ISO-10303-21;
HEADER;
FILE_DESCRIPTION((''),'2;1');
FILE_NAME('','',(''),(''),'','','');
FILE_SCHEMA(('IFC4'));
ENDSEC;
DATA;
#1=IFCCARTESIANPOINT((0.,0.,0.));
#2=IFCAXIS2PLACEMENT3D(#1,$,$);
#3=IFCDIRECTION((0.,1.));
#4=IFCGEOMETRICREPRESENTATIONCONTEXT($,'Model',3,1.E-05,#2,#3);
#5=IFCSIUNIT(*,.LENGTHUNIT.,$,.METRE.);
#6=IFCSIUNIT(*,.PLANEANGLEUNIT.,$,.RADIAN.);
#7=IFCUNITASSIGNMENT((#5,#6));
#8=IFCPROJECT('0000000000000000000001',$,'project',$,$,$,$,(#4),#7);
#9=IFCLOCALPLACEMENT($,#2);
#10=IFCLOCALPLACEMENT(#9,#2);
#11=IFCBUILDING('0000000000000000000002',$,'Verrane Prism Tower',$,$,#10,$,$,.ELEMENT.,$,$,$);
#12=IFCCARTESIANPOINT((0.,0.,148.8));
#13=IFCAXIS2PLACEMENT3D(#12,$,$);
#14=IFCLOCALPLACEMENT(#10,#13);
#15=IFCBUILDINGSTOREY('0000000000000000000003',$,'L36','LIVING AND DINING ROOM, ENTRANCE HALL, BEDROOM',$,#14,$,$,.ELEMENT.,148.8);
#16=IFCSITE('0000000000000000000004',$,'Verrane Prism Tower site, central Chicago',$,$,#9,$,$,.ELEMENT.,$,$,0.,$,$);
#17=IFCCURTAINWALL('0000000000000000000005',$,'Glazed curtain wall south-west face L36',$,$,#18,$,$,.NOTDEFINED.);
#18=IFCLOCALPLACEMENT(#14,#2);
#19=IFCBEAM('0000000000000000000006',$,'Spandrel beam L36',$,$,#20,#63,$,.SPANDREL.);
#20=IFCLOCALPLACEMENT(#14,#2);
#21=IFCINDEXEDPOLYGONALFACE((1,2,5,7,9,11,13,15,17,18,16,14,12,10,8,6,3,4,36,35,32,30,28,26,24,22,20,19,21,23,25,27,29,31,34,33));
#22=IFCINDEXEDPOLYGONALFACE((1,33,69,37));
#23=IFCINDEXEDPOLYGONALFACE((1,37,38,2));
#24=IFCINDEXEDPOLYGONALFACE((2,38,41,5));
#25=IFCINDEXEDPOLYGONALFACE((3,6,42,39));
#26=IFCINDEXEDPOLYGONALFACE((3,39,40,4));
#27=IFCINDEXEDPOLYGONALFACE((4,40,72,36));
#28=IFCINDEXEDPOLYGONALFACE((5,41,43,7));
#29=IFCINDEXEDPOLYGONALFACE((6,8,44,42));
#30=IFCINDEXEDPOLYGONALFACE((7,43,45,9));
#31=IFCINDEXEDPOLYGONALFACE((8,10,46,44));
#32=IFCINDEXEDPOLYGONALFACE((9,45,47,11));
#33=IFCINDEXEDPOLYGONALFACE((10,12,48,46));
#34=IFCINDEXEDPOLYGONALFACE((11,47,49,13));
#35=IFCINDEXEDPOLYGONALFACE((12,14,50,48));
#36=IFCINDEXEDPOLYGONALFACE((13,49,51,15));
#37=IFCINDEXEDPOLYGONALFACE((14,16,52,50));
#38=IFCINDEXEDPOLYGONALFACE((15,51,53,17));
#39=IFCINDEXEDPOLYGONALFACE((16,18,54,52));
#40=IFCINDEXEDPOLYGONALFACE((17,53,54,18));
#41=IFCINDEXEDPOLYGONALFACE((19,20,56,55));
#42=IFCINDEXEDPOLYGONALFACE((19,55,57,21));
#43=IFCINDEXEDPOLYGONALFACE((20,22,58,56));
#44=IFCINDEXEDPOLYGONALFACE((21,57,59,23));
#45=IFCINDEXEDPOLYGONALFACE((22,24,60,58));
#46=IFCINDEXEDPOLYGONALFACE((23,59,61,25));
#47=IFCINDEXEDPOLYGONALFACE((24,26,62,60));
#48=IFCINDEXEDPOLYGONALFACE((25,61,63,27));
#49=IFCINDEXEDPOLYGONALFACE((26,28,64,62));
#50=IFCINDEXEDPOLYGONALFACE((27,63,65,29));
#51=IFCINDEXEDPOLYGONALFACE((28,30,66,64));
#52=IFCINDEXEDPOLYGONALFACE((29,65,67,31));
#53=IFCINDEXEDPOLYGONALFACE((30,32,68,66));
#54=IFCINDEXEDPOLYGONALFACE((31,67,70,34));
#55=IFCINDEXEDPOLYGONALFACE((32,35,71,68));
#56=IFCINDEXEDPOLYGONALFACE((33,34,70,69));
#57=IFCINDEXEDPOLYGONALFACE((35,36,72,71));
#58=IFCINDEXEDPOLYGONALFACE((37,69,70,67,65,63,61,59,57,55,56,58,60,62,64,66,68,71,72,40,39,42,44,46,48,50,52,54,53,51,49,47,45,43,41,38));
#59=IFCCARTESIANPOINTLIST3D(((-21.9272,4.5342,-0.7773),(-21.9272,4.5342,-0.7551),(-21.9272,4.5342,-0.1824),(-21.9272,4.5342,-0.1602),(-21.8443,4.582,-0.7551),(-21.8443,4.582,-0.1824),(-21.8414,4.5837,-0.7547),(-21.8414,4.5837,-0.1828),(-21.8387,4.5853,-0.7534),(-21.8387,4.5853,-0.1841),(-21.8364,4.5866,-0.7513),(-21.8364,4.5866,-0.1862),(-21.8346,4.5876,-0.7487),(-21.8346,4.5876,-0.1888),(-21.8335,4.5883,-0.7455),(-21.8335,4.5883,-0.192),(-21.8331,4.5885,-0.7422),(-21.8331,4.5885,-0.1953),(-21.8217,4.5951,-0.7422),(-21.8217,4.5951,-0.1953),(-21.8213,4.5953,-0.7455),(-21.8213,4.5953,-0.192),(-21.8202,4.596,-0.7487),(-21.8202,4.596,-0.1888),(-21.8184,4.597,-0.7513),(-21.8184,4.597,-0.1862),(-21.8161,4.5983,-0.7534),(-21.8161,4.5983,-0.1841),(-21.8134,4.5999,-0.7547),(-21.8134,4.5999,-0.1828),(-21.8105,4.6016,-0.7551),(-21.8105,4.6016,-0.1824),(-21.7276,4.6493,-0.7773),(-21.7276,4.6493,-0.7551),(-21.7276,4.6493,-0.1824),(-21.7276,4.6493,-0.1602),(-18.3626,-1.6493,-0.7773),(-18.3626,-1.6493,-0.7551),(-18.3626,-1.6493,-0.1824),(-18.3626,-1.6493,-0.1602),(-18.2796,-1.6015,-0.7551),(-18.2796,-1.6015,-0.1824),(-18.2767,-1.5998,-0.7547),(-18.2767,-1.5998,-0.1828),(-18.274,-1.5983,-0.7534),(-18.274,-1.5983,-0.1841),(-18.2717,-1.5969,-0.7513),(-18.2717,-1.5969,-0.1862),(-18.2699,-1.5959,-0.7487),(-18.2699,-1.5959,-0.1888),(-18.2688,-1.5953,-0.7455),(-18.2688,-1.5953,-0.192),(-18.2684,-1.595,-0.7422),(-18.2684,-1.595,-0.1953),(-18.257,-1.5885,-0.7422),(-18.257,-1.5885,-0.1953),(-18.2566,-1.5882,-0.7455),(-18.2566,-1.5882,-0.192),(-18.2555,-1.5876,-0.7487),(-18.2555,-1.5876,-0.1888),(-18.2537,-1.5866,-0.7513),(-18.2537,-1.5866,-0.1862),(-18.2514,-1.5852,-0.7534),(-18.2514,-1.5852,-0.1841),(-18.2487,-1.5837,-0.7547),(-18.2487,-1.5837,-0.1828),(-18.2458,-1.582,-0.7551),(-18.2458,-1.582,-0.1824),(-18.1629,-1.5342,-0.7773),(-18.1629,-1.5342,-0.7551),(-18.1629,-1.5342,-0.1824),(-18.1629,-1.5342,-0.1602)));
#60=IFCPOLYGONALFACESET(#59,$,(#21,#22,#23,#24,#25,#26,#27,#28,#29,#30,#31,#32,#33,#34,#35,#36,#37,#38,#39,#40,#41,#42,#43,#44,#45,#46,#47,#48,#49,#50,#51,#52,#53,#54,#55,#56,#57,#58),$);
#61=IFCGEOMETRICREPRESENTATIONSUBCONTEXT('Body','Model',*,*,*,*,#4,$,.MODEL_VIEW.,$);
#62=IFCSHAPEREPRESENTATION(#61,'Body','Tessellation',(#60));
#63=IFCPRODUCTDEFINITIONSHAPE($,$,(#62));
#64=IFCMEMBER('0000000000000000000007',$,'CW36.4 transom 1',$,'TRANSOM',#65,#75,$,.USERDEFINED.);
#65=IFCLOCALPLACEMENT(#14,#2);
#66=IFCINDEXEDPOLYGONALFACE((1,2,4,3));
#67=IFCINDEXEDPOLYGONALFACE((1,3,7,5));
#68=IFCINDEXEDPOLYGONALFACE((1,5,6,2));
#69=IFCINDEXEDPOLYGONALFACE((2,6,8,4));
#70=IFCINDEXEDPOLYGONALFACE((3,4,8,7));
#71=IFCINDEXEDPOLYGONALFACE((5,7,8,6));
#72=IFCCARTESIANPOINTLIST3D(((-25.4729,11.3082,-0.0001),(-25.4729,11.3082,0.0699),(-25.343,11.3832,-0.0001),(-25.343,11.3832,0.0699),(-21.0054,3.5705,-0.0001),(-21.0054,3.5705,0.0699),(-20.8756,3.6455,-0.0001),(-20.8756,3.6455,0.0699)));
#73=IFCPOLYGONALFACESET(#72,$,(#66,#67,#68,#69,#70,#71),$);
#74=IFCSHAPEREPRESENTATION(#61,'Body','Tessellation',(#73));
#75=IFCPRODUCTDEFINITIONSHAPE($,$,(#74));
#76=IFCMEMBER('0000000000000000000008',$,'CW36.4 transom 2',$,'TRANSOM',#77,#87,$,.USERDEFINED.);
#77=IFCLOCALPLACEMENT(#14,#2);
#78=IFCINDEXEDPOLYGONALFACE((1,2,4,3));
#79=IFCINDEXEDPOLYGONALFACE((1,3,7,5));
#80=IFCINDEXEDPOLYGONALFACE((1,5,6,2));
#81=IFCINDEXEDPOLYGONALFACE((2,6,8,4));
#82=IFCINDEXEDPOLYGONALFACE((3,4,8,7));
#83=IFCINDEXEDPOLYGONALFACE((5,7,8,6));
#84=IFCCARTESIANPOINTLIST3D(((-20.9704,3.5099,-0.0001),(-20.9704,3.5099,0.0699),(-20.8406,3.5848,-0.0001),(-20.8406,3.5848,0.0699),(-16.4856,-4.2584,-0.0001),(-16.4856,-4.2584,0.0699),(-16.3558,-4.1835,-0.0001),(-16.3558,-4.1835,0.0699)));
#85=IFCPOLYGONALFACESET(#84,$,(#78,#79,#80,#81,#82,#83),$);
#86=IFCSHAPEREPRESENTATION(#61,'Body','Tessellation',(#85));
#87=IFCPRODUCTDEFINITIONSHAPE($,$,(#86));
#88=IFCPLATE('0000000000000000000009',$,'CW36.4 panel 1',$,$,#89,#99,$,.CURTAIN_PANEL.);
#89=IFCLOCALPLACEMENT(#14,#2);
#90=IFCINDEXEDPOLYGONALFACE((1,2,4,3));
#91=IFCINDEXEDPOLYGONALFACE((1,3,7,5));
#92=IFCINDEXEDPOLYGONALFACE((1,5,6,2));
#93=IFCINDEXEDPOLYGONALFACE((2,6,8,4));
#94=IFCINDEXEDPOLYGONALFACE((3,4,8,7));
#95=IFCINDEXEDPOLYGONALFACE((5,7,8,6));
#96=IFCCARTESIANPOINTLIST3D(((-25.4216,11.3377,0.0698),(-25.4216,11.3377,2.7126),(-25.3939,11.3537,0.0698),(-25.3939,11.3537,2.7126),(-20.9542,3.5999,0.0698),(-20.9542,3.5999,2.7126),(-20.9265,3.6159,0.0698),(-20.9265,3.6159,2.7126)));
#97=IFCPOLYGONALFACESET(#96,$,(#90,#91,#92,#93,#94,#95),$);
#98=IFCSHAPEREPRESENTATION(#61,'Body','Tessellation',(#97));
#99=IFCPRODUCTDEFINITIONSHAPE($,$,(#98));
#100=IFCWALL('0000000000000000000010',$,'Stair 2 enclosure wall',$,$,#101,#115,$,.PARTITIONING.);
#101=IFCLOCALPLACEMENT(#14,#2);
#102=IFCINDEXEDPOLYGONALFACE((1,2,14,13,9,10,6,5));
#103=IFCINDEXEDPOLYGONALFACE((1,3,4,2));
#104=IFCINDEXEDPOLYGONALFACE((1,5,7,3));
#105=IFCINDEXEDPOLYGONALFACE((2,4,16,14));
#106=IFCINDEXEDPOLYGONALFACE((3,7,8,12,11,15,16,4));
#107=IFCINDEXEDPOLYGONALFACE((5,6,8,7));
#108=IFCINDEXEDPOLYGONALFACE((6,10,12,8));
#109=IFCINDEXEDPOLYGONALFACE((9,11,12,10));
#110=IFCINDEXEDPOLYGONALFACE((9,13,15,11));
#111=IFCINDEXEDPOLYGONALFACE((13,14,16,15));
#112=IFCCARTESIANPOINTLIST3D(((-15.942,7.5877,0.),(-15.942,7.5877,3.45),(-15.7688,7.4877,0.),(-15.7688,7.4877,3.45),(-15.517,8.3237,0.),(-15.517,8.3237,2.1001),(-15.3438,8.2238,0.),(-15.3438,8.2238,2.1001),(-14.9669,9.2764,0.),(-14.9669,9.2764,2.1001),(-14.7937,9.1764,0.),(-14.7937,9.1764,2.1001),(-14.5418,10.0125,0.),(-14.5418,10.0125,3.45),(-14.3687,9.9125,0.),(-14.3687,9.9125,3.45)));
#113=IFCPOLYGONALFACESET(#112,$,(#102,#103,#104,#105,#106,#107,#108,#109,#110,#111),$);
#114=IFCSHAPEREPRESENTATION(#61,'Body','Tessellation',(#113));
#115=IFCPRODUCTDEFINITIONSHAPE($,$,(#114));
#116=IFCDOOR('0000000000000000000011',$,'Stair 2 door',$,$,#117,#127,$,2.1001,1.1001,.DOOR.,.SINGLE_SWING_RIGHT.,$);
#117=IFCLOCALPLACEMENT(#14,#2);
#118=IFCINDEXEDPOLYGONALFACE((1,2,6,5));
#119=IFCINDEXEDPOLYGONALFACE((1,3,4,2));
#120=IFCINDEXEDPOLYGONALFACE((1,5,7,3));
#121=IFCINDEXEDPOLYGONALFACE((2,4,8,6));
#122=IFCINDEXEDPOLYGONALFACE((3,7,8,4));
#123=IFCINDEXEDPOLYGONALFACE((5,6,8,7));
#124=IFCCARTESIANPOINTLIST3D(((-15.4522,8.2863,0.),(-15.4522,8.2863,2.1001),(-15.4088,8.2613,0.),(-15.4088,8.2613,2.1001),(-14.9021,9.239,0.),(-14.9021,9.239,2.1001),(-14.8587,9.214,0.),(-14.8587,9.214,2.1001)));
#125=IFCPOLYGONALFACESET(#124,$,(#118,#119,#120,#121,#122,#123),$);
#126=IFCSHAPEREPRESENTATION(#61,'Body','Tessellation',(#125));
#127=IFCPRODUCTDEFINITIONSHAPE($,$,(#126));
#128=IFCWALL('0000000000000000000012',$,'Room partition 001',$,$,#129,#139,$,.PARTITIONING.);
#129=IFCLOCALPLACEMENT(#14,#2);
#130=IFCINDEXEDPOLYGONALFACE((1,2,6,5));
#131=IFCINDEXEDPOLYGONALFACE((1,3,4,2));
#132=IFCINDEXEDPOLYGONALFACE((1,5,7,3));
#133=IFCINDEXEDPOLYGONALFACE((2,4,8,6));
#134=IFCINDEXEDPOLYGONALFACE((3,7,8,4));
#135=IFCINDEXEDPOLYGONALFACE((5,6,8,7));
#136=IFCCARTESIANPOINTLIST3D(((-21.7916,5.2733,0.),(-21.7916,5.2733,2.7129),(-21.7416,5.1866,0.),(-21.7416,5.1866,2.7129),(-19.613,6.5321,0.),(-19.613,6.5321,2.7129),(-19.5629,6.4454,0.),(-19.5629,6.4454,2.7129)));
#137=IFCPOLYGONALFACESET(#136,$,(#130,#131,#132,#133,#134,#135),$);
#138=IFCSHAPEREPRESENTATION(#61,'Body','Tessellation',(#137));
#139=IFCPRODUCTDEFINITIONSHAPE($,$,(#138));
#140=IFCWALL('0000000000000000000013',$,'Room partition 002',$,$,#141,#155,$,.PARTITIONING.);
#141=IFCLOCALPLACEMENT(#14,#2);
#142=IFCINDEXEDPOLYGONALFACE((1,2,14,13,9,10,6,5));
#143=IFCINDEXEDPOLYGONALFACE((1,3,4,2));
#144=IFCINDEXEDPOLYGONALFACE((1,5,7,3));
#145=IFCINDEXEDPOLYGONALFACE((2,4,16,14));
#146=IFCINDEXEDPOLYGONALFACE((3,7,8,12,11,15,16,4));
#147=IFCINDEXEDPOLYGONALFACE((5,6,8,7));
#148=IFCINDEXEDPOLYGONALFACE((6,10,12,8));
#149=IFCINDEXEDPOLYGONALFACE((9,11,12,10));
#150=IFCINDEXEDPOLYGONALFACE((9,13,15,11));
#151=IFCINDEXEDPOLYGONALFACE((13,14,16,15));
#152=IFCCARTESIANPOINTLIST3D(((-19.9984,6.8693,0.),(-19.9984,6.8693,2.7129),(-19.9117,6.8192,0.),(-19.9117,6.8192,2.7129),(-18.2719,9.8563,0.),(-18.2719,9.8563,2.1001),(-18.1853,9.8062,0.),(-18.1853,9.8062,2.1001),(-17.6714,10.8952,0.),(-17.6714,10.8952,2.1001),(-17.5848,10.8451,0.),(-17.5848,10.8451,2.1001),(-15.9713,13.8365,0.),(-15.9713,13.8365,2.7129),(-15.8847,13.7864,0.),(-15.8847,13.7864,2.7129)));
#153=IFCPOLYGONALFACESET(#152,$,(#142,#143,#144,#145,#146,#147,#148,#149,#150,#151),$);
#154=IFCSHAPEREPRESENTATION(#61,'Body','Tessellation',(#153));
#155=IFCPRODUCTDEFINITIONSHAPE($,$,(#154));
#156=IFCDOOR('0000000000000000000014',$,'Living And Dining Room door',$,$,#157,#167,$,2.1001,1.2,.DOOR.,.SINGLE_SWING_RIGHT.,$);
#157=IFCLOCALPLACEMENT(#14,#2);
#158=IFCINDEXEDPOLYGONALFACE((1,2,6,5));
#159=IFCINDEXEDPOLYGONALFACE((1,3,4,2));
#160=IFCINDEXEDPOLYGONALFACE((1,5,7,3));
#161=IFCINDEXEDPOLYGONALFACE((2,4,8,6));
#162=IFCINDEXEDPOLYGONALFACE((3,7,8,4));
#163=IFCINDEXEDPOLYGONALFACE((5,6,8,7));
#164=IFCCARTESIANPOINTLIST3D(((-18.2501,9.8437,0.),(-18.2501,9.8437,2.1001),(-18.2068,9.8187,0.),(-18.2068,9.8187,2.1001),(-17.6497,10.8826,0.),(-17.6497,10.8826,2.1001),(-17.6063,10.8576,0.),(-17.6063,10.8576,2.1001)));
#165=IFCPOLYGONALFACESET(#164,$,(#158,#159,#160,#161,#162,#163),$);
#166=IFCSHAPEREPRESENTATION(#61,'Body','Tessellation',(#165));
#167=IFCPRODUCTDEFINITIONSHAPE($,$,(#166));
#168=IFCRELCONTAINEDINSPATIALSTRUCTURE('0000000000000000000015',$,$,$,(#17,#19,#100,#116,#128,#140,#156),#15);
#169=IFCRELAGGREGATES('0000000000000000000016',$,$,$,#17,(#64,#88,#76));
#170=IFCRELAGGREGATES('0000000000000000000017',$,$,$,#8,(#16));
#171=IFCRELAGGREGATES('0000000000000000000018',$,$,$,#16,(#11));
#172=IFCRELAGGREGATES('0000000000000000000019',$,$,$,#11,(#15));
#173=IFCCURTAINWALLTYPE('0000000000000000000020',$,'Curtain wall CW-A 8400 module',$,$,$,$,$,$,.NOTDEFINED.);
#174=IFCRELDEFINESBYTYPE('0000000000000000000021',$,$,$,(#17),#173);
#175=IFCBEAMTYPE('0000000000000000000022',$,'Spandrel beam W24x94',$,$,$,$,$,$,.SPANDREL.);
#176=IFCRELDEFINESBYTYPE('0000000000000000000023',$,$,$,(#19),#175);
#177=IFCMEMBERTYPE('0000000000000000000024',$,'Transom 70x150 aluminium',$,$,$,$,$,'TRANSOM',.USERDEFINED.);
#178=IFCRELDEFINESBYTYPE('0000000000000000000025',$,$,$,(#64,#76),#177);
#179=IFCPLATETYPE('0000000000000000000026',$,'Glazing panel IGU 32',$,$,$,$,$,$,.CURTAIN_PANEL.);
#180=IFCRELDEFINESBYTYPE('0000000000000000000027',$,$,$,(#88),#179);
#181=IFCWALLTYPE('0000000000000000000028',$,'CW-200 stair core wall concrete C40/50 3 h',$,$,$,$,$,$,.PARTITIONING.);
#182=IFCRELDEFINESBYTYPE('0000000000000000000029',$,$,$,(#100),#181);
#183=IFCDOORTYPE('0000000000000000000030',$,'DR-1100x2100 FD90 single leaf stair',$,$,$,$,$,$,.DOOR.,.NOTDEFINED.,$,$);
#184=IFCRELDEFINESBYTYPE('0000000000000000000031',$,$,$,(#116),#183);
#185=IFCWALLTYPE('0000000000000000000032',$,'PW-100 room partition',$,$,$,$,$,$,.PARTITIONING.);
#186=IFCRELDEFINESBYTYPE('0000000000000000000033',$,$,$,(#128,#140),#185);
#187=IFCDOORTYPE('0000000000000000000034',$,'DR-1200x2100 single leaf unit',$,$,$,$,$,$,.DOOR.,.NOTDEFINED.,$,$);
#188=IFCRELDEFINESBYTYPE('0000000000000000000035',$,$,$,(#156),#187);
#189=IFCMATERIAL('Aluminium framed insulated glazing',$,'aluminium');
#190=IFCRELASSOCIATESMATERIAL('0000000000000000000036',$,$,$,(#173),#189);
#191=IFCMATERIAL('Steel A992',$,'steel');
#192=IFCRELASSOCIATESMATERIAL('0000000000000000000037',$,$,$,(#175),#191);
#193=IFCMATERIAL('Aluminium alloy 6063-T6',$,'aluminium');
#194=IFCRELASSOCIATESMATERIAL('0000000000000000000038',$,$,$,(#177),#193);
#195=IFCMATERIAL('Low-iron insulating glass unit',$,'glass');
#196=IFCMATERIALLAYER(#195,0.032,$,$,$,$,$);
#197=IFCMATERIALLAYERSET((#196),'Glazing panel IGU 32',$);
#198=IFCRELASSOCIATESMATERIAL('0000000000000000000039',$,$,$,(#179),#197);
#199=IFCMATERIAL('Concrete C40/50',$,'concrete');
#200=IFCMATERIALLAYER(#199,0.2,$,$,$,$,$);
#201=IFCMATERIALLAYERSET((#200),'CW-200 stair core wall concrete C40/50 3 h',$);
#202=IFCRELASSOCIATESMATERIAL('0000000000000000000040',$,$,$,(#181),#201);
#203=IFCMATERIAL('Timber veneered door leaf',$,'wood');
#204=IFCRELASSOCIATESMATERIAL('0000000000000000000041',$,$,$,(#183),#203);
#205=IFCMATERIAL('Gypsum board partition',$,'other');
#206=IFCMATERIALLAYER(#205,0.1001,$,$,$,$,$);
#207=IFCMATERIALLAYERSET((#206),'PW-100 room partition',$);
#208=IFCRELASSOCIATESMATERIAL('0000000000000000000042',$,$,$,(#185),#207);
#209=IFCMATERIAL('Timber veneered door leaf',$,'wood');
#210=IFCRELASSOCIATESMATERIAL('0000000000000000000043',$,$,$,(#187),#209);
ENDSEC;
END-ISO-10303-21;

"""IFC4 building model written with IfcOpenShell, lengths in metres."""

from ifc_helpers import new_model, si_unit, direction, frame, frame_2d, origin, origin_2d, place, context, subcontext, project, spatial, rectangle, i_section, extrude, material, layer, layer_set, material_profile, profile_set, type_object, element, fill, aggregate, save


model = new_model("IFC4")

# Units and contexts
model_context = context("Model", 3, precision=1e-05, world=origin(), true_north=direction((0.0, 1.0)))
body_context = subcontext(model_context, "Body", "Model", "MODEL_VIEW")
ifc_project = project(units=[si_unit("LENGTHUNIT", "METRE"), si_unit("PLANEANGLEUNIT", "RADIAN")], contexts=[model_context])

# Site, building, storey
site_placement = place(None, origin())
site = spatial("IfcSite", under=ifc_project, at=site_placement, Name="Verrane Prism Tower site, central Chicago", CompositionType="ELEMENT", RefElevation=0.0)
building_placement = place(site_placement, origin())
building = spatial("IfcBuilding", under=site, at=building_placement, Name="Verrane Prism Tower", CompositionType="ELEMENT")
storey_placement = place(building_placement, frame((0.0, 0.0, 148.8)))
storey = spatial("IfcBuildingStorey", under=building, at=storey_placement, Name="L36", Description="LIVING AND DINING ROOM, ENTRANCE HALL, BEDROOM", CompositionType="ELEMENT", Elevation=148.8)

# Curtain wall
ifc_material_1 = material(Name="Aluminium framed insulated glazing", Category="aluminium")
curtain_wall_type = type_object("IfcCurtainWallType", Name="Curtain wall CW-A 8400 module", PredefinedType="NOTDEFINED", material=ifc_material_1)
curtain_wall_placement = place(storey_placement, origin())
curtain_wall = element("IfcCurtainWall", 1, at=curtain_wall_placement, inside=storey, type_object=curtain_wall_type, Name="Glazed curtain wall south-west face L36", PredefinedType="NOTDEFINED")

# Beam
ifc_material_2 = material(Name="Steel A992", Category="steel")
ifc_material_profile_1 = material_profile(ifc_material_2, i_section(OverallWidth=0.2305, OverallDepth=0.6172, WebThickness=0.0132, FlangeThickness=0.0222, FilletRadius=0.0129, at=origin_2d()), Name="W24x94")
ifc_profile_set_1 = profile_set([ifc_material_profile_1], Name="Steel A992")
beam_type_1 = type_object("IfcBeamType", Name="Spandrel beam W24x94", PredefinedType="SPANDREL", material=ifc_profile_set_1)
beam_1_placement = place(storey_placement, frame((-21.8274, 4.5918, -0.4688), z_axis=(0.499432, -0.866353, 0.0), x_axis=(0.866353, 0.499432, 0.0)))
element("IfcBeam", 2, at=beam_1_placement, inside=storey, type_object=beam_type_1, Name="Spandrel beam L36", PredefinedType="SPANDREL", context=body_context, shape_type="SweptSolid", body=[
    extrude(i_section(OverallWidth=0.2305, OverallDepth=0.6172, WebThickness=0.0132, FlangeThickness=0.0222, FilletRadius=0.0129, at=origin_2d()), origin(), (0.0, 0.0, 1.0), 7.1375),
])

# Members
ifc_material_3 = material(Name="Aluminium alloy 6063-T6", Category="aluminium")
ifc_material_profile_2 = material_profile(ifc_material_3, rectangle(XDim=0.1499, YDim=0.0701, at=origin_2d()), Name="Transom 70x150 aluminium")
ifc_profile_set_2 = profile_set([ifc_material_profile_2], Name="Aluminium alloy 6063-T6")
member_type_1 = type_object("IfcMemberType", Name="Transom 70x150 aluminium", ElementType="TRANSOM", PredefinedType="USERDEFINED", material=ifc_profile_set_2)
member_1_placement = place(storey_placement, frame((-25.408, 11.3457, 0.0349), z_axis=(0.500009, -0.86602, 0.0), x_axis=(0.86602, 0.500009, 0.0)))
member_1 = element("IfcMember", 3, at=member_1_placement, type_object=member_type_1, Name="CW36.4 transom 1", ObjectType="TRANSOM", PredefinedType="USERDEFINED", context=body_context, shape_type="SweptSolid", body=[
    extrude(rectangle(XDim=0.1499, YDim=0.0701, at=origin_2d()), origin(), (0.0, 0.0, 1.0), 8.9348),
])
member_2_placement = place(storey_placement, frame((-20.9055, 3.5474, 0.0349), z_axis=(0.499986, -0.866034, 0.0), x_axis=(0.866034, 0.499986, 0.0)))
member_2 = element("IfcMember", 4, at=member_2_placement, type_object=member_type_1, Name="CW36.4 transom 2", ObjectType="TRANSOM", PredefinedType="USERDEFINED", context=body_context, shape_type="SweptSolid", body=[
    extrude(rectangle(XDim=0.1499, YDim=0.0701, at=origin_2d()), origin(), (0.0, 0.0, 1.0), 8.97),
])

# Plate
ifc_material_4 = material(Name="Low-iron insulating glass unit", Category="glass")
ifc_layer_1 = layer(ifc_material_4, 0.032)
ifc_layer_set_1 = layer_set([ifc_layer_1], Name="Glazing panel IGU 32")
plate_type = type_object("IfcPlateType", Name="Glazing panel IGU 32", PredefinedType="CURTAIN_PANEL", material=ifc_layer_set_1)
plate_placement = place(storey_placement, frame((-23.1741, 7.4768, 0.0698), z_axis=(0.0, 0.0, 1.0), x_axis=(0.500001, -0.866025, 0.0)))
plate = element("IfcPlate", 5, at=plate_placement, type_object=plate_type, Name="CW36.4 panel 1", PredefinedType="CURTAIN_PANEL", context=body_context, shape_type="SweptSolid", body=[
    extrude(rectangle(XDim=8.9348, YDim=0.032, at=origin_2d()), origin(), (0.0, 0.0, 1.0), 2.6428),
])
aggregate(curtain_wall, [member_1, plate, member_2])

# Wall, opening, door
ifc_material_5 = material(Name="Concrete C40/50", Category="concrete")
ifc_layer_2 = layer(ifc_material_5, 0.2)
ifc_layer_set_2 = layer_set([ifc_layer_2], Name="CW-200 stair core wall concrete C40/50 3 h")
wall_type_1 = type_object("IfcWallType", Name="CW-200 stair core wall concrete C40/50 3 h", PredefinedType="PARTITIONING", material=ifc_layer_set_2)
wall_1_placement = place(storey_placement, frame((-14.4553, 9.9624, 0.0), z_axis=(0.0, 0.0, 1.0), x_axis=(-0.50005, -0.865997, 0.0)))
wall_1 = element("IfcWall", 6, at=wall_1_placement, inside=storey, type_object=wall_type_1, Name="Stair 2 enclosure wall", PredefinedType="PARTITIONING", context=body_context, shape_type="SweptSolid", body=[
    extrude(rectangle(XDim=2.8, YDim=0.2, at=frame_2d((1.3999, 0.0))), origin(), (0.0, 0.0, 1.0), 3.45),
])
opening_1_placement = place(wall_1_placement, frame((0.8499, 0.0, 0.0)))
opening_1 = element("IfcOpeningElement", 7, at=opening_1_placement, cuts=wall_1, PredefinedType="OPENING", context=body_context, shape_type="SweptSolid", body=[
    extrude(rectangle(XDim=1.1001, YDim=2.1001, at=frame_2d((0.55, 1.05))), frame((0.0, 0.1099, 0.0), z_axis=(0.0, -1.0, 0.0), x_axis=(1.0, 0.0, 0.0)), (0.0, 0.0, 1.0), 0.22),
])
ifc_material_6 = material(Name="Timber veneered door leaf", Category="wood")
door_type_1 = type_object("IfcDoorType", Name="DR-1100x2100 FD90 single leaf stair", OperationType="NOTDEFINED", PredefinedType="DOOR", material=ifc_material_6)
door_1_placement = place(opening_1_placement, origin())
door_1 = element("IfcDoor", 8, at=door_1_placement, inside=storey, type_object=door_type_1, Name="Stair 2 door", OperationType="SINGLE_SWING_RIGHT", OverallHeight=2.1001, OverallWidth=1.1001, PredefinedType="DOOR", context=body_context, shape_type="SweptSolid", body=[
    extrude(rectangle(XDim=1.1001, YDim=2.1001, at=frame_2d((0.55, 1.05))), frame((0.0, 0.0249, 0.0), z_axis=(0.0, -1.0, 0.0), x_axis=(1.0, 0.0, 0.0)), (0.0, 0.0, 1.0), 0.05),
])
fill(opening_1, door_1)

# Wall
ifc_material_7 = material(Name="Gypsum board partition", Category="other")
ifc_layer_3 = layer(ifc_material_7, 0.1001)
ifc_layer_set_3 = layer_set([ifc_layer_3], Name="PW-100 room partition")
wall_type_2 = type_object("IfcWallType", Name="PW-100 room partition", PredefinedType="PARTITIONING", material=ifc_layer_set_3)
wall_2_placement = place(storey_placement, frame((-21.7666, 5.23, 0.0), z_axis=(0.0, 0.0, 1.0), x_axis=(0.865869, 0.500271, 0.0)))
element("IfcWall", 9, at=wall_2_placement, inside=storey, type_object=wall_type_2, Name="Room partition 001", PredefinedType="PARTITIONING", context=body_context, shape_type="SweptSolid", body=[
    extrude(rectangle(XDim=2.5161, YDim=0.1001, at=frame_2d((1.2581, 0.0))), origin(), (0.0, 0.0, 1.0), 2.7129),
])

# Wall, opening, door
wall_3_placement = place(storey_placement, frame((-19.9551, 6.8442, 0.0), z_axis=(0.0, 0.0, 1.0), x_axis=(0.500423, 0.865781, 0.0)))
wall_3 = element("IfcWall", 10, at=wall_3_placement, inside=storey, type_object=wall_type_2, Name="Room partition 002", PredefinedType="PARTITIONING", context=body_context, shape_type="SweptSolid", body=[
    extrude(rectangle(XDim=8.0474, YDim=0.1001, at=frame_2d((4.0237, 0.0))), origin(), (0.0, 0.0, 1.0), 2.7129),
])
opening_2_placement = place(wall_3_placement, frame((3.45, 0.0, 0.0)))
opening_2 = element("IfcOpeningElement", 11, at=opening_2_placement, cuts=wall_3, PredefinedType="OPENING", context=body_context, shape_type="SweptSolid", body=[
    extrude(rectangle(XDim=1.2, YDim=2.1001, at=frame_2d((0.6001, 1.05))), frame((0.0, 0.0601, 0.0), z_axis=(0.0, -1.0, 0.0), x_axis=(1.0, 0.0, 0.0)), (0.0, 0.0, 1.0), 0.1201),
])
ifc_material_8 = material(Name="Timber veneered door leaf", Category="wood")
door_type_2 = type_object("IfcDoorType", Name="DR-1200x2100 single leaf unit", OperationType="NOTDEFINED", PredefinedType="DOOR", material=ifc_material_8)
door_2_placement = place(opening_2_placement, origin())
door_2 = element("IfcDoor", 12, at=door_2_placement, inside=storey, type_object=door_type_2, Name="Living And Dining Room door", OperationType="SINGLE_SWING_RIGHT", OverallHeight=2.1001, OverallWidth=1.2, PredefinedType="DOOR", context=body_context, shape_type="SweptSolid", body=[
    extrude(rectangle(XDim=1.2, YDim=2.1001, at=frame_2d((0.6001, 1.05))), frame((0.0, 0.0249, 0.0), z_axis=(0.0, -1.0, 0.0), x_axis=(1.0, 0.0, 0.0)), (0.0, 0.0, 1.0), 0.05),
])
fill(opening_2, door_2)

save(model, "model.ifc")
